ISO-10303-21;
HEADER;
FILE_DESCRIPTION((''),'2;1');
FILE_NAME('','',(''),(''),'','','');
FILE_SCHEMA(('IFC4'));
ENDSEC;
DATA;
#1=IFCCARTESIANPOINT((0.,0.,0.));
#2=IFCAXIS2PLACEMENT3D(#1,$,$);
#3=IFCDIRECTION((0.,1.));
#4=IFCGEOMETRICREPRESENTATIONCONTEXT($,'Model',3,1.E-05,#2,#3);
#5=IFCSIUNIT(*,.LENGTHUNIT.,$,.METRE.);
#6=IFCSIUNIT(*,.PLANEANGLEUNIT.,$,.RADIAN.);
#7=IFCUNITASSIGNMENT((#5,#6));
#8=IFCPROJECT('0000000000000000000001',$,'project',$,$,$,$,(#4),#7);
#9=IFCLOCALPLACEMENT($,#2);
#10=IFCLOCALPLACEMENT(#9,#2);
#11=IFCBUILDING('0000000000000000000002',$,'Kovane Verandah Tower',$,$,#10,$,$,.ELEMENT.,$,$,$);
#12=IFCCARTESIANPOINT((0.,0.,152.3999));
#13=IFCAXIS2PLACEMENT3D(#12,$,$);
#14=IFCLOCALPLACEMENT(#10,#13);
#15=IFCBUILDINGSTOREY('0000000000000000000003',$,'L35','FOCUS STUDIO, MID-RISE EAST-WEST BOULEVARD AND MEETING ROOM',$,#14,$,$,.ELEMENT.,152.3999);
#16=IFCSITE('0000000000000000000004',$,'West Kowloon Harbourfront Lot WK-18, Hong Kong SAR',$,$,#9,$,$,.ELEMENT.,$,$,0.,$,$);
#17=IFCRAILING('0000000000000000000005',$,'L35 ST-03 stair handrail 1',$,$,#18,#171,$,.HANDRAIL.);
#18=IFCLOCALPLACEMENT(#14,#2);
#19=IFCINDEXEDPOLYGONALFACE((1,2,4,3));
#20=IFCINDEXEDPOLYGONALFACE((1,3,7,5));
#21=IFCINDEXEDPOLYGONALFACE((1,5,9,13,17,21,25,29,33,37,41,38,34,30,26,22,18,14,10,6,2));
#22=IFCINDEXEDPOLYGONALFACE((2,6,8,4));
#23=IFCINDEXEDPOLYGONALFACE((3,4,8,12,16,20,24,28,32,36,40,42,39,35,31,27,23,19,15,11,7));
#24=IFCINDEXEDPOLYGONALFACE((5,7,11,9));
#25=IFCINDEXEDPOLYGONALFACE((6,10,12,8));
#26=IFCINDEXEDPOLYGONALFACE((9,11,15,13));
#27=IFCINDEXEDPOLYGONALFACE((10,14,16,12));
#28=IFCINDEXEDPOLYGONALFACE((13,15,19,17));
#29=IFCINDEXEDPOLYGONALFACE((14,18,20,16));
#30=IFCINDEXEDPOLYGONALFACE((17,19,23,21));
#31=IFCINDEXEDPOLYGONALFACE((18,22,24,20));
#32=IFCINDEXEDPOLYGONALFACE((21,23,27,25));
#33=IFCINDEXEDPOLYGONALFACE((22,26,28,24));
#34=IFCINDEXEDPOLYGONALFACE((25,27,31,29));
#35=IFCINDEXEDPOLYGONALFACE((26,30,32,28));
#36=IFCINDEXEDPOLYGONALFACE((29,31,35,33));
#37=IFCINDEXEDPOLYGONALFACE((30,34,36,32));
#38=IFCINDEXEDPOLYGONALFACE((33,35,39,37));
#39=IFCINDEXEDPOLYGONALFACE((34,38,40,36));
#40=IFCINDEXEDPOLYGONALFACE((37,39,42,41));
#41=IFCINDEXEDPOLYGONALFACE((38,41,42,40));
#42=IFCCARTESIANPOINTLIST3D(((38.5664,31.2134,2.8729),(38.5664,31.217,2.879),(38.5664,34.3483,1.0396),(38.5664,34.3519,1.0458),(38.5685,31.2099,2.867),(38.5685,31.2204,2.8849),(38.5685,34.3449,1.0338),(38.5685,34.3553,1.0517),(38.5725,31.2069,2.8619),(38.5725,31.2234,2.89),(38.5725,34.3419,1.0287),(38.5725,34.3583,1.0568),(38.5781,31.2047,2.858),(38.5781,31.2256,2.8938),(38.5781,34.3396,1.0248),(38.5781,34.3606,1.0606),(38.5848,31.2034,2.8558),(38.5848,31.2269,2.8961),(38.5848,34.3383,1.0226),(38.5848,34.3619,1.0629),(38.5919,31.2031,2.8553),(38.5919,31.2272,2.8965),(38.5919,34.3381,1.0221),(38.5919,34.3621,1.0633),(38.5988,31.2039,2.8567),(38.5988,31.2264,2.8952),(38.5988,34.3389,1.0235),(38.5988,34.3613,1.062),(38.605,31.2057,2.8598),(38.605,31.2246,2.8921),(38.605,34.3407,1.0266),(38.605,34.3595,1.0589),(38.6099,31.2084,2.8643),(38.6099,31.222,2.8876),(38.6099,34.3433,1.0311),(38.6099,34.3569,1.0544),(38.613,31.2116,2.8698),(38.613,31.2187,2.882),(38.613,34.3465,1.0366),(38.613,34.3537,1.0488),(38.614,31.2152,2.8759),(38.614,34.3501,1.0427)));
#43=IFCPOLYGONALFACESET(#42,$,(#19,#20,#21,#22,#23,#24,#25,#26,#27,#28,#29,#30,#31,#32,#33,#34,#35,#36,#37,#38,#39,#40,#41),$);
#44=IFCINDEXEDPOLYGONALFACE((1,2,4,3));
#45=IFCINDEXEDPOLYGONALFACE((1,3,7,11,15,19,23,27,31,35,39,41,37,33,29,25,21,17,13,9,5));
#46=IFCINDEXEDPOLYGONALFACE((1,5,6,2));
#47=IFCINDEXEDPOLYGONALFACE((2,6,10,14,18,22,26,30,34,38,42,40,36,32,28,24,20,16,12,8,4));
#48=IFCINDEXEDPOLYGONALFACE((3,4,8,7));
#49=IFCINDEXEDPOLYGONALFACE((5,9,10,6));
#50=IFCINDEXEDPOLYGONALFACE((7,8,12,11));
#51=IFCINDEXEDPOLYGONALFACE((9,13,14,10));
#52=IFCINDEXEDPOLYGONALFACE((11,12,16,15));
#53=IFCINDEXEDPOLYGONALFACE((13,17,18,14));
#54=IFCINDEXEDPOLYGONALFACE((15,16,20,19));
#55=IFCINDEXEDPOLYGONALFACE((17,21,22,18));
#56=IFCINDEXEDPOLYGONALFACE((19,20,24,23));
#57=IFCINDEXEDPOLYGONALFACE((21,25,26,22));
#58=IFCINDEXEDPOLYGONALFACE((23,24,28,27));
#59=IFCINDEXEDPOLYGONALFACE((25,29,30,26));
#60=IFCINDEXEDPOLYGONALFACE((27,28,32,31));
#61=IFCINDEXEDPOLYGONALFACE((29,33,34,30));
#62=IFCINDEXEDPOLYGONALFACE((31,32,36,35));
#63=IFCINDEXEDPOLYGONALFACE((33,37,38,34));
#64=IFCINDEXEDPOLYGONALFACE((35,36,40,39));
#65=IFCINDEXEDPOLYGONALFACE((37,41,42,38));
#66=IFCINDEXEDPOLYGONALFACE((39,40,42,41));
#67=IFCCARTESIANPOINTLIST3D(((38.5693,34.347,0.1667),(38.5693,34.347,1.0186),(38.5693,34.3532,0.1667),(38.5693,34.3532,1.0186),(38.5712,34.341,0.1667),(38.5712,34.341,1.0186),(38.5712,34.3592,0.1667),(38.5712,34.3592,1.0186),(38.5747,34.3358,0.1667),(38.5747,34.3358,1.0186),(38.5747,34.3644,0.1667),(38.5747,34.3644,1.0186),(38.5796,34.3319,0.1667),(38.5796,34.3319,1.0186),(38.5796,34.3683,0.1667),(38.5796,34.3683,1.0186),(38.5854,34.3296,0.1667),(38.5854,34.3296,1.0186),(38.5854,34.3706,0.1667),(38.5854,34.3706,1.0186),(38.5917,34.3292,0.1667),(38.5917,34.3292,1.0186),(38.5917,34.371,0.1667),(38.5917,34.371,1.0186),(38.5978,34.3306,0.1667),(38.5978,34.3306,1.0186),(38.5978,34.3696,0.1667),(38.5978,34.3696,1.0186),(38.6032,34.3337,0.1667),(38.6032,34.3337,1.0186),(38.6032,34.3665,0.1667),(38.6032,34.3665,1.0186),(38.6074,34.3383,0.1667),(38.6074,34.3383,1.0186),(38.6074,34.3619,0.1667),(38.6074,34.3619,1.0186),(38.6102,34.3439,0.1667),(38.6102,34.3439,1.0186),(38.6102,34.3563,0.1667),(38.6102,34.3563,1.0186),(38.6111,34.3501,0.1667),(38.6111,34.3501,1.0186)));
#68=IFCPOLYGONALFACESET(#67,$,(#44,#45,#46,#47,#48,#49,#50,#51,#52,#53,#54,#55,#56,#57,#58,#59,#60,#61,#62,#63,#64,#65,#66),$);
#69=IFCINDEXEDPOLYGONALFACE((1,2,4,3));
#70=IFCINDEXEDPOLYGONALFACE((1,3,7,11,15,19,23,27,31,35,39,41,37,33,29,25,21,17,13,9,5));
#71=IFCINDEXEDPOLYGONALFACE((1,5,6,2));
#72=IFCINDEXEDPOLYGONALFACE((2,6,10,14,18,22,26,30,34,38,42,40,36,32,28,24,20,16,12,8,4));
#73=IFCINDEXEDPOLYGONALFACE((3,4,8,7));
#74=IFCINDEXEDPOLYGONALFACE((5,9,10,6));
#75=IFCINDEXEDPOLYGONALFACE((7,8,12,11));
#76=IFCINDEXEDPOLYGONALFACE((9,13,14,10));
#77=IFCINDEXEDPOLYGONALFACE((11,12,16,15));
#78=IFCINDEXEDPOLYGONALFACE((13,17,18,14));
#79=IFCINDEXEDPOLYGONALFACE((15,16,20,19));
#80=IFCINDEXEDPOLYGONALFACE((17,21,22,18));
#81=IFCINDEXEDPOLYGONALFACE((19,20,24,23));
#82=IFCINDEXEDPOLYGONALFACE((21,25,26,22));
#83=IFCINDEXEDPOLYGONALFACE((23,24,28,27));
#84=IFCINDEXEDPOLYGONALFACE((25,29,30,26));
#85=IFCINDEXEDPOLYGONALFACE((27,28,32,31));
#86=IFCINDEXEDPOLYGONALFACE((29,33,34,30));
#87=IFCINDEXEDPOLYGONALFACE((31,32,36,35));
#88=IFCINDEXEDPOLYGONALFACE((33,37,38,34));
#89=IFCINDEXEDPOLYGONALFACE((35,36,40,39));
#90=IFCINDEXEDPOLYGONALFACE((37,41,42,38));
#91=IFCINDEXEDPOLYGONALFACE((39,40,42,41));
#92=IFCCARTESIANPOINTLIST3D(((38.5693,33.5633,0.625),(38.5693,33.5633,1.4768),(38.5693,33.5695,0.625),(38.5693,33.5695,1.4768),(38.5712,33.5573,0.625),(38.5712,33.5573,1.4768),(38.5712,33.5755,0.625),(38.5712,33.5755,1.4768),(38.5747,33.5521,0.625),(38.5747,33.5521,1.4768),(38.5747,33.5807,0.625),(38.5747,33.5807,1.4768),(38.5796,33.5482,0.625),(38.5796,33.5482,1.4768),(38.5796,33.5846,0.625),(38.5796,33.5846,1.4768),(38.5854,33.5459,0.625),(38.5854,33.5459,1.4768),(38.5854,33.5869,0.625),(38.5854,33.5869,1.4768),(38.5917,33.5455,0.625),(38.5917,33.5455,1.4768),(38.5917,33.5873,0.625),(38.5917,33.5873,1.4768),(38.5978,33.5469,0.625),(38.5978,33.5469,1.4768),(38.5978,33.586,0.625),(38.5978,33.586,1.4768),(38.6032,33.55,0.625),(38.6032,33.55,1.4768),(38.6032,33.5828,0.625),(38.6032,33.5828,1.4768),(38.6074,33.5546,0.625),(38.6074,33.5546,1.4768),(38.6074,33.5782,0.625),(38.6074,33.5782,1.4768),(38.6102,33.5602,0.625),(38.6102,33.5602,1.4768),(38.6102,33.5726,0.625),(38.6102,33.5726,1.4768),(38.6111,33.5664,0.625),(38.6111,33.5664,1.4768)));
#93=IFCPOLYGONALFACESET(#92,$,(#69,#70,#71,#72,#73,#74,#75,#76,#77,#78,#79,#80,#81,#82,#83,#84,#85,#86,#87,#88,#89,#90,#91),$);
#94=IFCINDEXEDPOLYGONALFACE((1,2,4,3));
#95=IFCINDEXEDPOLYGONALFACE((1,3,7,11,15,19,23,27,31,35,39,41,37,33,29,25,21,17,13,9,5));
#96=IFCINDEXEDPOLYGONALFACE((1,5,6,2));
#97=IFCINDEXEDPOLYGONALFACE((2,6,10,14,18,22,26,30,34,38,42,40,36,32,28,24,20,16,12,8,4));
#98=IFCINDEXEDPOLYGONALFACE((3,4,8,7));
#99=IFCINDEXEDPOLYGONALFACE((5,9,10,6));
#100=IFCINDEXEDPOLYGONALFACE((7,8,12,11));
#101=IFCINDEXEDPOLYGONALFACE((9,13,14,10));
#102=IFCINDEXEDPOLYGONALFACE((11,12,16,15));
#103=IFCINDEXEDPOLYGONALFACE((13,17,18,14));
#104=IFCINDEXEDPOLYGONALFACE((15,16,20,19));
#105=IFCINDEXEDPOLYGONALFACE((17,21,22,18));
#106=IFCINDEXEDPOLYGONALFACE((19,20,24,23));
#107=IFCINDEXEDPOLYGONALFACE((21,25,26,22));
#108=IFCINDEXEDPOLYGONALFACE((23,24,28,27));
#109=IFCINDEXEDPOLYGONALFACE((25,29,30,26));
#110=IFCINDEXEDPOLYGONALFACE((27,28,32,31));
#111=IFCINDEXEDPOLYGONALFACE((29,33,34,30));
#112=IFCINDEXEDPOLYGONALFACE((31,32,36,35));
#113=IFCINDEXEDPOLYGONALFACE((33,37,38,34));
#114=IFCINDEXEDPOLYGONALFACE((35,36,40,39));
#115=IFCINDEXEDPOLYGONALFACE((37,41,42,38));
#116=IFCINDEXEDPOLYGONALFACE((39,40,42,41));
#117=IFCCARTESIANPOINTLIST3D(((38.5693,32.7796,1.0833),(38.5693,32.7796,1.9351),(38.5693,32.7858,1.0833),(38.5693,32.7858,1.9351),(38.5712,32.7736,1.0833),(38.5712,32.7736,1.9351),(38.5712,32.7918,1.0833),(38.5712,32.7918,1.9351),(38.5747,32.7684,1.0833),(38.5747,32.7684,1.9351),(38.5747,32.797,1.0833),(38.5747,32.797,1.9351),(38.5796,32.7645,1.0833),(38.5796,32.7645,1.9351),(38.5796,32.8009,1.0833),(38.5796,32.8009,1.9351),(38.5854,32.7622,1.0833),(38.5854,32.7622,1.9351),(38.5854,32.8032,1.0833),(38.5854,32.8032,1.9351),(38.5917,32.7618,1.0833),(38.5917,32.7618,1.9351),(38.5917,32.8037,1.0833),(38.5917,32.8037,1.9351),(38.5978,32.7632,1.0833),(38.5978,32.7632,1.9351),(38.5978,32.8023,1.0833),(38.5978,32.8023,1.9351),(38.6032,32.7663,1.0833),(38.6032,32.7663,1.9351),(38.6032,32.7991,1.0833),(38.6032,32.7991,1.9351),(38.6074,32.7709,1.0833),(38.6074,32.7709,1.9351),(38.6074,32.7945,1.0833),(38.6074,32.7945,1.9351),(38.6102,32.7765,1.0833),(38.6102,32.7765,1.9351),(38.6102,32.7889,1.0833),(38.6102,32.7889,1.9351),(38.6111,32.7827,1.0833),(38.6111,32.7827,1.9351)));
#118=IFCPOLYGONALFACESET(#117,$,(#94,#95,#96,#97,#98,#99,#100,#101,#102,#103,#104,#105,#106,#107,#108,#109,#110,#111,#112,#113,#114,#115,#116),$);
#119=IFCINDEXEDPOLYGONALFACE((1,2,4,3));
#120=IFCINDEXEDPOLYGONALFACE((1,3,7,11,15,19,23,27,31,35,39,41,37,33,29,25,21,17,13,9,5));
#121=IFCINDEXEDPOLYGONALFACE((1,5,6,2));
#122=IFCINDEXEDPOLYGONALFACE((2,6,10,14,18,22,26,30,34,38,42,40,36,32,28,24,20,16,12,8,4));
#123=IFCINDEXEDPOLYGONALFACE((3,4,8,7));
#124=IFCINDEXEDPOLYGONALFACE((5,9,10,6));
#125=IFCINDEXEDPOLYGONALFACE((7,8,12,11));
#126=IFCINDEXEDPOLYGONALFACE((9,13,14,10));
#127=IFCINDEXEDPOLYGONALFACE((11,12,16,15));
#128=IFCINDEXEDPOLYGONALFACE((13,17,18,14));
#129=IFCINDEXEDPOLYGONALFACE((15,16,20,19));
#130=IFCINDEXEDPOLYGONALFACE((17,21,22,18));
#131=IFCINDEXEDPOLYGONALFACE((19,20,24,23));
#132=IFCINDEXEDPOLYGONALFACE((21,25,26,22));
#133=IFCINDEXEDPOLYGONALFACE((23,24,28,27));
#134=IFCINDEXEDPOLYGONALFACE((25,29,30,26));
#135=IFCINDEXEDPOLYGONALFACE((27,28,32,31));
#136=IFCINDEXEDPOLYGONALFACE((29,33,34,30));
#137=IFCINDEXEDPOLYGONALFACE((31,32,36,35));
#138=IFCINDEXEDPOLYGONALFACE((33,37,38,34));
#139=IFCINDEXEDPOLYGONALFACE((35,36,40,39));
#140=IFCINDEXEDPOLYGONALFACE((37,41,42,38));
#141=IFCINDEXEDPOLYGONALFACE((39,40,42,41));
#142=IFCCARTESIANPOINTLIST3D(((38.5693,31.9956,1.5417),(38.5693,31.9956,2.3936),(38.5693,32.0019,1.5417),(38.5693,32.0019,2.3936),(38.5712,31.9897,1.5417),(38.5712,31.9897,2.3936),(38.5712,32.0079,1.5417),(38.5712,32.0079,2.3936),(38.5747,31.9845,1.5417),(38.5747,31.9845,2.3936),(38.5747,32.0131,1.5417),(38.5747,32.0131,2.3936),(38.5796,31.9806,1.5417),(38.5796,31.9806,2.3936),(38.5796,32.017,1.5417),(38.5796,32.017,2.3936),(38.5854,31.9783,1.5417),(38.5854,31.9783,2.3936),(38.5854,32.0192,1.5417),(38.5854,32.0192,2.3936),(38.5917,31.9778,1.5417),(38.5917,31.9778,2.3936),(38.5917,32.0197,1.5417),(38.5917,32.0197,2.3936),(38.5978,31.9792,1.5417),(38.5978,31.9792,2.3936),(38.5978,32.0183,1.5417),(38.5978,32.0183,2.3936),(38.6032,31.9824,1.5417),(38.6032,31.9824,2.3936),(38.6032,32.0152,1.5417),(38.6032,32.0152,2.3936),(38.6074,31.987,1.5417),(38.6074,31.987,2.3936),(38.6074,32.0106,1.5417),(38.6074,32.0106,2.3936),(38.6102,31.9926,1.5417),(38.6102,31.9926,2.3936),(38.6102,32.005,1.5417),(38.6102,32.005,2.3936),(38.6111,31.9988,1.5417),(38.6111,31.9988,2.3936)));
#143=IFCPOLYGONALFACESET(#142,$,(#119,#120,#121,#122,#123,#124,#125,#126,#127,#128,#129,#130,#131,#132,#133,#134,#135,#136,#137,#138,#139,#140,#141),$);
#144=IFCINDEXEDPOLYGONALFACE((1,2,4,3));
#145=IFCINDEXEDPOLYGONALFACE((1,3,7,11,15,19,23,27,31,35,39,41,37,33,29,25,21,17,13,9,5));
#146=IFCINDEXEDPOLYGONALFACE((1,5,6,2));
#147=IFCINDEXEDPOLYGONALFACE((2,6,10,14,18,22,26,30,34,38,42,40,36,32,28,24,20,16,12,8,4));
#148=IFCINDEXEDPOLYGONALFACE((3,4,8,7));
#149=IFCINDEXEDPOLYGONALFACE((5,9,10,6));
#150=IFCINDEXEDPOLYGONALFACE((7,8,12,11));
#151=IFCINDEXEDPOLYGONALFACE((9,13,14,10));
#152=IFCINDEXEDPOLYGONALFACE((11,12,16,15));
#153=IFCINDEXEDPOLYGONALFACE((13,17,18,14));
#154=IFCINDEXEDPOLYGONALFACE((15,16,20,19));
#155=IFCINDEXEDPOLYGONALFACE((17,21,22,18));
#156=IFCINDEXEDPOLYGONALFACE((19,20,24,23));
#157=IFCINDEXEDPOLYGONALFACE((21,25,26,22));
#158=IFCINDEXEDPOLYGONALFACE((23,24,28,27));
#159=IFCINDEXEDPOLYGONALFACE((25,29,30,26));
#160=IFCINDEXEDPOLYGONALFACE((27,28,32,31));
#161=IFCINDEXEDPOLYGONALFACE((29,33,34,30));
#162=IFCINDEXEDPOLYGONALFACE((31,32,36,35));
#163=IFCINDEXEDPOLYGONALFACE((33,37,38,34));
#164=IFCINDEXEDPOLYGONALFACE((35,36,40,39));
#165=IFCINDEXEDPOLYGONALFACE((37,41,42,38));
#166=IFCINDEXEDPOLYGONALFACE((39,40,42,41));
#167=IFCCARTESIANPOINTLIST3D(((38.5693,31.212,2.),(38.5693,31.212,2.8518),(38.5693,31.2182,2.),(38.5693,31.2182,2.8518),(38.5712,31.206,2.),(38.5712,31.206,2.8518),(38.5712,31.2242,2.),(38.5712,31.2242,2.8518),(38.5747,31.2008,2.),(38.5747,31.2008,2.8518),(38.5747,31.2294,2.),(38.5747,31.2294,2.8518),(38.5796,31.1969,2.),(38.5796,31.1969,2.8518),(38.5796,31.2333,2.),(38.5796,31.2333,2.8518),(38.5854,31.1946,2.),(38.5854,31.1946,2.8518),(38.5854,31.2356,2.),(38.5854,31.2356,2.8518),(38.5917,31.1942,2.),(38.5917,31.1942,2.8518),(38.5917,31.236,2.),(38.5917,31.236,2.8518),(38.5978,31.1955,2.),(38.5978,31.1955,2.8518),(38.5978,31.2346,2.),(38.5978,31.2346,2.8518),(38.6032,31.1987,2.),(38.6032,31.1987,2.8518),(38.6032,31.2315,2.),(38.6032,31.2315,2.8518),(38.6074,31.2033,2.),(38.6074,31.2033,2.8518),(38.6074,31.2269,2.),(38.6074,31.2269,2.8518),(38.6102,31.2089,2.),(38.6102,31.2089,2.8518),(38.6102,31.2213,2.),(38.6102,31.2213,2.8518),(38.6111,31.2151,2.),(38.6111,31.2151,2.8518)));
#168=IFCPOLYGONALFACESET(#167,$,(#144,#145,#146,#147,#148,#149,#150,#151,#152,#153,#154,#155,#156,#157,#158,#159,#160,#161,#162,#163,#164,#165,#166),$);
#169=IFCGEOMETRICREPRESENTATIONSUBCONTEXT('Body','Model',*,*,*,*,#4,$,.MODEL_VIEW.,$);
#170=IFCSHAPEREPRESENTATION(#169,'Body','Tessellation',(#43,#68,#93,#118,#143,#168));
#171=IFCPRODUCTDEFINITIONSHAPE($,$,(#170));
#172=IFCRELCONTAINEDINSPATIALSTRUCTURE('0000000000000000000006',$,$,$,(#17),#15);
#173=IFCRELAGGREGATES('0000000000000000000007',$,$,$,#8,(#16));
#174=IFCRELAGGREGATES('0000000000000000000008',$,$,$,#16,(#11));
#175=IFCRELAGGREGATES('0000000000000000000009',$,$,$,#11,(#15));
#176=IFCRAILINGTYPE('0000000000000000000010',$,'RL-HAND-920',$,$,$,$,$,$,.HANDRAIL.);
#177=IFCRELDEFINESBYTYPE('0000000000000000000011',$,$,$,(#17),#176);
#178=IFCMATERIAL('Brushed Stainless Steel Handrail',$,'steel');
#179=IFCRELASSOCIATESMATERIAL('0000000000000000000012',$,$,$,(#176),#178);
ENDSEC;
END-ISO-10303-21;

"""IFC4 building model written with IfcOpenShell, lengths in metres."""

from ifc_helpers import new_model, si_unit, direction, frame, origin, origin_2d, place, context, subcontext, project, spatial, circle, extrude, material, type_object, element, save


model = new_model("IFC4")

# Units and contexts
model_context = context("Model", 3, precision=1e-05, world=origin(), true_north=direction((0.0, 1.0)))
body_context = subcontext(model_context, "Body", "Model", "MODEL_VIEW")
ifc_project = project(units=[si_unit("LENGTHUNIT", "METRE"), si_unit("PLANEANGLEUNIT", "RADIAN")], contexts=[model_context])

# Site, building, storey
site_placement = place(None, origin())
site = spatial("IfcSite", under=ifc_project, at=site_placement, Name="West Kowloon Harbourfront Lot WK-18, Hong Kong SAR", CompositionType="ELEMENT", RefElevation=0.0)
building_placement = place(site_placement, origin())
building = spatial("IfcBuilding", under=site, at=building_placement, Name="Kovane Verandah Tower", CompositionType="ELEMENT")
storey_placement = place(building_placement, frame((0.0, 0.0, 152.3999)))
storey = spatial("IfcBuildingStorey", under=building, at=storey_placement, Name="L35", Description="FOCUS STUDIO, MID-RISE EAST-WEST BOULEVARD AND MEETING ROOM", CompositionType="ELEMENT", Elevation=152.3999)

# Railing
ifc_material_1 = material(Name="Brushed Stainless Steel Handrail", Category="steel")
railing_type_1 = type_object("IfcRailingType", Name="RL-HAND-920", PredefinedType="HANDRAIL", material=ifc_material_1)
railing_1_placement = place(storey_placement, frame((38.5901, 34.3501, 0.1667)))
element("IfcRailing", 1, at=railing_1_placement, inside=storey, type_object=railing_type_1, Name="L35 ST-03 stair handrail 1", PredefinedType="HANDRAIL", context=body_context, shape_type="SweptSolid", body=[
    extrude(circle(Radius=0.0239, at=origin_2d()), frame((0.0, 0.0, 0.876), z_axis=(0.0, -0.86324, 0.504794), x_axis=(1.0, 0.0, 0.0)), (0.0, 0.0, 1.0), 3.6316),
    extrude(circle(Radius=0.021, at=origin_2d()), origin(), (0.0, 0.0, 1.0), 0.8518),
    extrude(circle(Radius=0.021, at=origin_2d()), frame((0.0, -0.7837, 0.4583)), (0.0, 0.0, 1.0), 0.8518),
    extrude(circle(Radius=0.021, at=origin_2d()), frame((0.0, -1.5674, 0.9165)), (0.0, 0.0, 1.0), 0.8518),
    extrude(circle(Radius=0.021, at=origin_2d()), frame((0.0, -2.3513, 1.375)), (0.0, 0.0, 1.0), 0.8518),
    extrude(circle(Radius=0.021, at=origin_2d()), frame((0.0, -3.135, 1.8333)), (0.0, 0.0, 1.0), 0.8518),
])

save(model, "model.ifc")
